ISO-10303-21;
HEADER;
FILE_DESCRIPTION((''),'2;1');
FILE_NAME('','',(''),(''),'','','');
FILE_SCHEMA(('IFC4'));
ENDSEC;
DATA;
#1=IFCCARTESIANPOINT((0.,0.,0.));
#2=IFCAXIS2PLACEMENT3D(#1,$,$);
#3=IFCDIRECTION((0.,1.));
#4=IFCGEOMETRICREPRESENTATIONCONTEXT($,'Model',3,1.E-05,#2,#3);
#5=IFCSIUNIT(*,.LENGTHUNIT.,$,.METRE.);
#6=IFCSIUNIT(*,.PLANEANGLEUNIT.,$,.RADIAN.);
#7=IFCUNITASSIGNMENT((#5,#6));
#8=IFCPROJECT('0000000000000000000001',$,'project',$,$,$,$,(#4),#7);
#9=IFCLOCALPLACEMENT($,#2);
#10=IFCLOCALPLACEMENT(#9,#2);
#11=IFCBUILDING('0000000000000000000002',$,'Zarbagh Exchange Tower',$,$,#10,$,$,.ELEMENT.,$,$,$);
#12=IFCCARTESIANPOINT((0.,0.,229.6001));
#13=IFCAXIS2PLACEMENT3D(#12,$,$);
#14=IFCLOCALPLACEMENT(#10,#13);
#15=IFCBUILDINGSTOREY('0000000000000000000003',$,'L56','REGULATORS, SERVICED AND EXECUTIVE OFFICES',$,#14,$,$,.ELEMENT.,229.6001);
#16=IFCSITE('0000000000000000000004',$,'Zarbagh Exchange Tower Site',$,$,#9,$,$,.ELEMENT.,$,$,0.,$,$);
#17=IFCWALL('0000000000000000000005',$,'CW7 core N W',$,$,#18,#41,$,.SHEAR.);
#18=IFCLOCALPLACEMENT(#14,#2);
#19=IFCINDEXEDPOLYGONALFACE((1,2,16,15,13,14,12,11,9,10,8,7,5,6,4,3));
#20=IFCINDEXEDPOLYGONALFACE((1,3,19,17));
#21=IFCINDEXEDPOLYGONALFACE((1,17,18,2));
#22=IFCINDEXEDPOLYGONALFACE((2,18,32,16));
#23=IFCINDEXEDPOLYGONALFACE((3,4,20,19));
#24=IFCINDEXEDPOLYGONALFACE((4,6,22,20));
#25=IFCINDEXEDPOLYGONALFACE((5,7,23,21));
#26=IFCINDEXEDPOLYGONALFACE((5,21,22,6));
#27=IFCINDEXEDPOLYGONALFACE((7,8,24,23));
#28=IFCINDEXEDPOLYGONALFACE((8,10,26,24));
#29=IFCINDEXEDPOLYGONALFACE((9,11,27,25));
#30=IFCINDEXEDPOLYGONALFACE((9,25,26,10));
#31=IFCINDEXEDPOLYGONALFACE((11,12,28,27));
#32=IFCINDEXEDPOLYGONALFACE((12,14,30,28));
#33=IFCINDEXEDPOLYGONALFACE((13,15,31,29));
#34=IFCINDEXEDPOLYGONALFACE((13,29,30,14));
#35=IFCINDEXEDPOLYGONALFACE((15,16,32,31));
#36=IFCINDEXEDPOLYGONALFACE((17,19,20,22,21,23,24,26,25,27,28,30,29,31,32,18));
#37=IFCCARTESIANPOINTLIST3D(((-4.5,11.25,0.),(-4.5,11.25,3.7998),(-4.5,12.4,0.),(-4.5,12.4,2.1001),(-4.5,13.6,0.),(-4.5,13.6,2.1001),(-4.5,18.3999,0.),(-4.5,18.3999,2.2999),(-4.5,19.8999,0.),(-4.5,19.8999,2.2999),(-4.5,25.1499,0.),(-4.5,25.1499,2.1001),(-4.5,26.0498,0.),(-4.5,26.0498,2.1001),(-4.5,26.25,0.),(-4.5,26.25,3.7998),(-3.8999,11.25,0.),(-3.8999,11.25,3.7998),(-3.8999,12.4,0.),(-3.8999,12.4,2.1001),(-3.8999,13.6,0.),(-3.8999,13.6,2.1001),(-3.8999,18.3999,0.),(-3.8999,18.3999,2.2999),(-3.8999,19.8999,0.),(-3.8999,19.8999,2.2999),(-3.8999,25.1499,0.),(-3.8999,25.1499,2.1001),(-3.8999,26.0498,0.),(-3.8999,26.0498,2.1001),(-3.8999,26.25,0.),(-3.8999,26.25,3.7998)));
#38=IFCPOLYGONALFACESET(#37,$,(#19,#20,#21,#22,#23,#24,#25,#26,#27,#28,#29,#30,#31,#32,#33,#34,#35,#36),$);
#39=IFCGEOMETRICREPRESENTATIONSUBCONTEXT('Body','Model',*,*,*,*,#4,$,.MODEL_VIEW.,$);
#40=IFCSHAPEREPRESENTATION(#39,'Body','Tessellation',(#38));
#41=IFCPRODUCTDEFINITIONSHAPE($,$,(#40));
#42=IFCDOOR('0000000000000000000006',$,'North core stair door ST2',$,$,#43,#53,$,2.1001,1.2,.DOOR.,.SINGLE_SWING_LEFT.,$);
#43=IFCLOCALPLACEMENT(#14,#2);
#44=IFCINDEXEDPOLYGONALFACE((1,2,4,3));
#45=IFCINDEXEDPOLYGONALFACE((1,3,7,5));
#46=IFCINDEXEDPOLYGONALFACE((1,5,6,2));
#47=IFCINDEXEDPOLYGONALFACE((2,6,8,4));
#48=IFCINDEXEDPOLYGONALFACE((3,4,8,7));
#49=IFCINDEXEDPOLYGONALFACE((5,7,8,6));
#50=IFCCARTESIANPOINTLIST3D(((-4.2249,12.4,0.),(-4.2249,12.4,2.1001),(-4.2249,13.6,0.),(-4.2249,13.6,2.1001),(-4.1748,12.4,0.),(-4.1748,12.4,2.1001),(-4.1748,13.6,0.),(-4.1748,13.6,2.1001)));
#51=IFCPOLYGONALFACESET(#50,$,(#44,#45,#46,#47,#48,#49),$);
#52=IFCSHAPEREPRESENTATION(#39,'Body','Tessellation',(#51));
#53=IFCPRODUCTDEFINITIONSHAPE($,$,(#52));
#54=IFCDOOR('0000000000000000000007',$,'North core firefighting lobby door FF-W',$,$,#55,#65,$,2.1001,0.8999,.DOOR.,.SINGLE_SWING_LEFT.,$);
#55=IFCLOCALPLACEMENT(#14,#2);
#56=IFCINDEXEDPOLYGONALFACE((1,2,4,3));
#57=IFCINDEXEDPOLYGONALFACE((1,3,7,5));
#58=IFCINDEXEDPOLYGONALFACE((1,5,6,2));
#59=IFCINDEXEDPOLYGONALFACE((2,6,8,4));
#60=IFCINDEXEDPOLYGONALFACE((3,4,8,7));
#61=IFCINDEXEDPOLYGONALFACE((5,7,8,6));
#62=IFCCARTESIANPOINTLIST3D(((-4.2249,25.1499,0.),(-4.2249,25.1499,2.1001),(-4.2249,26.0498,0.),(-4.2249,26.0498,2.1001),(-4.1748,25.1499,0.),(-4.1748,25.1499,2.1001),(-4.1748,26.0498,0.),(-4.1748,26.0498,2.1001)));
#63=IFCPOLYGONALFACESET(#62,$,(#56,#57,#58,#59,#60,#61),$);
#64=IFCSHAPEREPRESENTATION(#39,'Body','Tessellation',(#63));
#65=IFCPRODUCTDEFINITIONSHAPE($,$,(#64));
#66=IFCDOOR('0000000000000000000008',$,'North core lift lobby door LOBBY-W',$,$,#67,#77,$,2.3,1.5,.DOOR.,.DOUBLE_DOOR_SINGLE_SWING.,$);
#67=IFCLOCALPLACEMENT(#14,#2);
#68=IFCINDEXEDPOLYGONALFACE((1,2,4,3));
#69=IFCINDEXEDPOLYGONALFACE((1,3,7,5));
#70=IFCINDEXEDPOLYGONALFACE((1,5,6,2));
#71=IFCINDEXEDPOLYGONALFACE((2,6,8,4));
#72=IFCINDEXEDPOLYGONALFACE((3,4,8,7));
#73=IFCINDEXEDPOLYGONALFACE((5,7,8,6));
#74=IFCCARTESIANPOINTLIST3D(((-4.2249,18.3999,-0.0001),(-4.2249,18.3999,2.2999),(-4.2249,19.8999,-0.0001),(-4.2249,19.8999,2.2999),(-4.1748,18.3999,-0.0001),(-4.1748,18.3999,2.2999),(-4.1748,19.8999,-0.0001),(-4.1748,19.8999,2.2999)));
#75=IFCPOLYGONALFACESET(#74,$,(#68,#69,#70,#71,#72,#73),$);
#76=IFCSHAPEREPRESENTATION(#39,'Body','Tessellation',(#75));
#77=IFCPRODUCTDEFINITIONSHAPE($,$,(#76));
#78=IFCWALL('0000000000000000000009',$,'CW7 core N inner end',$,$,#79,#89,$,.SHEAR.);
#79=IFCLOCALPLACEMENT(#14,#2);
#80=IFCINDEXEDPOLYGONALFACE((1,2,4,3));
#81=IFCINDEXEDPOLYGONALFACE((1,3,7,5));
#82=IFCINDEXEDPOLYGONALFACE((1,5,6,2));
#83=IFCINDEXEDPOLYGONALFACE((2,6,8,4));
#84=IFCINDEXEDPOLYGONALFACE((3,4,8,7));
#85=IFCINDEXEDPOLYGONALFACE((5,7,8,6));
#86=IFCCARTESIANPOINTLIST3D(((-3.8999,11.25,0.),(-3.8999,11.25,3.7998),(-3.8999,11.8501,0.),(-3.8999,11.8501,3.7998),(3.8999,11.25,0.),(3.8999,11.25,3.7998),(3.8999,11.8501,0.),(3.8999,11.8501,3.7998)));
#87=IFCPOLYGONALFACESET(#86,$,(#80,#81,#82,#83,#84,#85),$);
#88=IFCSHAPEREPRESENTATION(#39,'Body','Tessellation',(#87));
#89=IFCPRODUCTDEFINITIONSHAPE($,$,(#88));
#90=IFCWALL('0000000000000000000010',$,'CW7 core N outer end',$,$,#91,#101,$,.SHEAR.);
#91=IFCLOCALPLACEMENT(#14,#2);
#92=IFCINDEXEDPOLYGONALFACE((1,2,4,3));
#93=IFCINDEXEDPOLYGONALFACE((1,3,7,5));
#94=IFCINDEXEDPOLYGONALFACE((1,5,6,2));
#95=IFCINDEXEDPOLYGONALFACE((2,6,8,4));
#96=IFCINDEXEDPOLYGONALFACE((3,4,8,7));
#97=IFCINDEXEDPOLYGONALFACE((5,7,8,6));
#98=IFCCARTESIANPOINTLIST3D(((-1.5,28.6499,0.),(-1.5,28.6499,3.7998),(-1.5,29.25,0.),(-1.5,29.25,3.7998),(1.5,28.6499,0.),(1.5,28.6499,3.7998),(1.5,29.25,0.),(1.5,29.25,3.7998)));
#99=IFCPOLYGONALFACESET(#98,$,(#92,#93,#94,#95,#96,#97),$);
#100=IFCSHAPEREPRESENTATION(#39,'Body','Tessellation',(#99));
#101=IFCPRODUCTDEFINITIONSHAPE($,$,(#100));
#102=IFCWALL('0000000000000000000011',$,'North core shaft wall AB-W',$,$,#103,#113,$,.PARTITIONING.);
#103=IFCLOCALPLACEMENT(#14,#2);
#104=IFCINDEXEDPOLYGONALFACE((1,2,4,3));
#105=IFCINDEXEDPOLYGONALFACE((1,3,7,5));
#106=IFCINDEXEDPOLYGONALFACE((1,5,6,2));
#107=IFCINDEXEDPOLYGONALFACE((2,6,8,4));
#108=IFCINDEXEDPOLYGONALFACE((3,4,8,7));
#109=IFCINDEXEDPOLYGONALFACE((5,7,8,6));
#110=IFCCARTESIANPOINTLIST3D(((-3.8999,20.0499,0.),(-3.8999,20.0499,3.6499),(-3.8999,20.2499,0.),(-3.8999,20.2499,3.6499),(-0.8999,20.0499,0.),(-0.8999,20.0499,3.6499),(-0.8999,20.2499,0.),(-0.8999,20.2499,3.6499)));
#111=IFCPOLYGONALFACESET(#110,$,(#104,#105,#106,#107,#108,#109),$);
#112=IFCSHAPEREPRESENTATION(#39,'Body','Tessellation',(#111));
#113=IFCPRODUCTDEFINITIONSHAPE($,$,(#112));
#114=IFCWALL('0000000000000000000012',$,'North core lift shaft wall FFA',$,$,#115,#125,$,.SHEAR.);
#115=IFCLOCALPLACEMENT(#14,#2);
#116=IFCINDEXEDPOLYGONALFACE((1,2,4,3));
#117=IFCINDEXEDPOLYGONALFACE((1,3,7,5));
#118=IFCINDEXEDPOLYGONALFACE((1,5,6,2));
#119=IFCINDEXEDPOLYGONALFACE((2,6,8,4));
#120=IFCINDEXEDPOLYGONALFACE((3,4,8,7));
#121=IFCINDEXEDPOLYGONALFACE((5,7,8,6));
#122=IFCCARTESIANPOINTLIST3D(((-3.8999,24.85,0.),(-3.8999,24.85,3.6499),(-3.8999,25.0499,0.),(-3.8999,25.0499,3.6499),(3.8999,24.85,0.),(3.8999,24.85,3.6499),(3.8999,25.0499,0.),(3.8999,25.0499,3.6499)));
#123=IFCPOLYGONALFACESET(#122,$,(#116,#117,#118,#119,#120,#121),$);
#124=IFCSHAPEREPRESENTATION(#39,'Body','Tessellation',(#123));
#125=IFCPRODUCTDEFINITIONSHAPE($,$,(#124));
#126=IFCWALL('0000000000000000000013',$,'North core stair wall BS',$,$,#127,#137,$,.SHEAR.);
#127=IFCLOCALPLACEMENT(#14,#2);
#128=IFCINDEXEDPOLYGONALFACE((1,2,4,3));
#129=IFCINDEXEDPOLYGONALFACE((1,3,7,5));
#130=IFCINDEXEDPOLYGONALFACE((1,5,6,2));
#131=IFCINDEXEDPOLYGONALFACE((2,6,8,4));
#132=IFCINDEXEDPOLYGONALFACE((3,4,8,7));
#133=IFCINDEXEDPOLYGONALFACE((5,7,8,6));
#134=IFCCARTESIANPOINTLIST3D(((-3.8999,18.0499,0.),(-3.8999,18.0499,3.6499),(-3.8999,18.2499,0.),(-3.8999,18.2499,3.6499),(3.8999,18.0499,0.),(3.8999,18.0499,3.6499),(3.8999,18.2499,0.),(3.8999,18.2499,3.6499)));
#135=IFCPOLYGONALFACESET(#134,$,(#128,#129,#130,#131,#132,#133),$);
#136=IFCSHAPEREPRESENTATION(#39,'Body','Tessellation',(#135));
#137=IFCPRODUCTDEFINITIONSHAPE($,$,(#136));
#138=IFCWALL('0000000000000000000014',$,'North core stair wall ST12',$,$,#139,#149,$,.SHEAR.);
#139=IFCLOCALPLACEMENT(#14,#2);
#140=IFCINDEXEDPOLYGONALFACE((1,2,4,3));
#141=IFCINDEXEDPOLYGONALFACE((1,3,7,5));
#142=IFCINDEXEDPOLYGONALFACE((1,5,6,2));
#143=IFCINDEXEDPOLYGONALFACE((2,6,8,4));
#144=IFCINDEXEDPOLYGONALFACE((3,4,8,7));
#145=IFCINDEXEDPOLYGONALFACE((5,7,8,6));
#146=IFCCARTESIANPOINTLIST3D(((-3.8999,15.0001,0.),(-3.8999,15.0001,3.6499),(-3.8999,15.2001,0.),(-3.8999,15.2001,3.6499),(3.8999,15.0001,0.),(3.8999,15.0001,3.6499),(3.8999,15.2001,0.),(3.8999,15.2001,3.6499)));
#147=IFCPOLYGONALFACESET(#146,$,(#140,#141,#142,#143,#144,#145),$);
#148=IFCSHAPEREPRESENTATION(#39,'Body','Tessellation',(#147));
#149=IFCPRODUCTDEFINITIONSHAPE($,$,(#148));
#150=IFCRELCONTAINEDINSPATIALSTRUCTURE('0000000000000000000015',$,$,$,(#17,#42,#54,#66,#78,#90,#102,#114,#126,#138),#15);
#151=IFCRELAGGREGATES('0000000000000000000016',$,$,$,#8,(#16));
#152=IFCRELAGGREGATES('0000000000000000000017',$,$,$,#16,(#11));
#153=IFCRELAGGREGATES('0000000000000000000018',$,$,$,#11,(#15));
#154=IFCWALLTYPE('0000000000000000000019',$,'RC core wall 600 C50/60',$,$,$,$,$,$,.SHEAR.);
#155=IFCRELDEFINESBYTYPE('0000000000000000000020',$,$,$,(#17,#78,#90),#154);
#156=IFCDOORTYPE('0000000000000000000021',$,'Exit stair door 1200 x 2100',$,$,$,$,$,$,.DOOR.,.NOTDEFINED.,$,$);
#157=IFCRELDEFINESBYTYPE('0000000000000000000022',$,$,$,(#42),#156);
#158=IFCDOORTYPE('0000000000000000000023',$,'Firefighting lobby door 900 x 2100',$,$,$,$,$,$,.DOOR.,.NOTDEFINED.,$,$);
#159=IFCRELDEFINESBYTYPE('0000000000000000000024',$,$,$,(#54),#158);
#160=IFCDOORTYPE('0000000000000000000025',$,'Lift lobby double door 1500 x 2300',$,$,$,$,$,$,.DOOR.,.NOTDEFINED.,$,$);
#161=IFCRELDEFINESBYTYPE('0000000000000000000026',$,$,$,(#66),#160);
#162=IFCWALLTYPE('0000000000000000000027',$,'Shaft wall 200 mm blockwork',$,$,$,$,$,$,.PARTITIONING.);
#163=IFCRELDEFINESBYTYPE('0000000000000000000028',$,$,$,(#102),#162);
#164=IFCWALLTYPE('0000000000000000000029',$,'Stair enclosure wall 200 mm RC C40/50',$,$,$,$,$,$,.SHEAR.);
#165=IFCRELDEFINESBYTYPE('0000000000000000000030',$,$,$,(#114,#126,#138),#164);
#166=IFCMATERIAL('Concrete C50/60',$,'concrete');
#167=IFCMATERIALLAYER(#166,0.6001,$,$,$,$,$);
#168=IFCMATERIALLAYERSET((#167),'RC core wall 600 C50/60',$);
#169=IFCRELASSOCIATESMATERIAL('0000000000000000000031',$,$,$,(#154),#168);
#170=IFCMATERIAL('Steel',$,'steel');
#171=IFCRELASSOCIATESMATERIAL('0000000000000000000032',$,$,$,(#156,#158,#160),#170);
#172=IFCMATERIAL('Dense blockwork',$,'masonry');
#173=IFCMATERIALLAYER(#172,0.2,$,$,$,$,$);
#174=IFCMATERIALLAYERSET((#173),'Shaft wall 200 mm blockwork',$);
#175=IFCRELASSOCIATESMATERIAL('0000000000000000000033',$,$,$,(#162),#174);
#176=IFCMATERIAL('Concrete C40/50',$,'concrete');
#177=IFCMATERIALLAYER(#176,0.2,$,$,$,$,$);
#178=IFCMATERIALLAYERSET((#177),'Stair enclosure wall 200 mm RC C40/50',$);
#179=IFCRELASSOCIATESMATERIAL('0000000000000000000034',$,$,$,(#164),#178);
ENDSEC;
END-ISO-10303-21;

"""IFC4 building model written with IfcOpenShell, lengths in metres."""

from ifc_helpers import new_model, si_unit, direction, frame, frame_2d, origin, place, context, subcontext, project, spatial, rectangle, extrude, material, layer, layer_set, type_object, element, fill, save


model = new_model("IFC4")

# Units and contexts
model_context = context("Model", 3, precision=1e-05, world=origin(), true_north=direction((0.0, 1.0)))
body_context = subcontext(model_context, "Body", "Model", "MODEL_VIEW")
ifc_project = project(units=[si_unit("LENGTHUNIT", "METRE"), si_unit("PLANEANGLEUNIT", "RADIAN")], contexts=[model_context])

# Site, building, storey
site_placement = place(None, origin())
site = spatial("IfcSite", under=ifc_project, at=site_placement, Name="Zarbagh Exchange Tower Site", CompositionType="ELEMENT", RefElevation=0.0)
building_placement = place(site_placement, origin())
building = spatial("IfcBuilding", under=site, at=building_placement, Name="Zarbagh Exchange Tower", CompositionType="ELEMENT")
storey_placement = place(building_placement, frame((0.0, 0.0, 229.6001)))
storey = spatial("IfcBuildingStorey", under=building, at=storey_placement, Name="L56", Description="REGULATORS, SERVICED AND EXECUTIVE OFFICES", CompositionType="ELEMENT", Elevation=229.6001)

# Shared definitions
ifc_material_1 = material(Name="Concrete C50/60", Category="concrete")

# Shared definitions
ifc_material_2 = material(Name="Dense blockwork", Category="masonry")

# Wall, openings, doors
ifc_layer_1 = layer(ifc_material_1, 0.6001)
ifc_layer_set_1 = layer_set([ifc_layer_1], Name="RC core wall 600 C50/60")
wall_type_1 = type_object("IfcWallType", Name="RC core wall 600 C50/60", PredefinedType="SHEAR", material=ifc_layer_set_1)
wall_1_placement = place(storey_placement, frame((-4.2, 11.25, 0.0), z_axis=(0.0, 0.0, 1.0), x_axis=(0.0, 1.0, 0.0)))
wall_1 = element("IfcWall", 1, at=wall_1_placement, inside=storey, type_object=wall_type_1, Name="CW7 core N W", PredefinedType="SHEAR", context=body_context, shape_type="SweptSolid", body=[
    extrude(rectangle(XDim=15.0, YDim=0.6001, at=frame_2d((7.5, 0.0))), origin(), (0.0, 0.0, 1.0), 3.7998),
])
opening_1_placement = place(wall_1_placement, frame((7.1499, 0.0, 0.0)))
opening_1 = element("IfcOpeningElement", 2, at=opening_1_placement, cuts=wall_1, PredefinedType="OPENING", context=body_context, shape_type="SweptSolid", body=[
    extrude(rectangle(XDim=1.5, YDim=2.3, at=frame_2d((0.75, 1.1499))), frame((0.0, 0.3101, 0.0), z_axis=(0.0, -1.0, 0.0), x_axis=(1.0, 0.0, 0.0)), (0.0, 0.0, 1.0), 0.6201),
])
opening_2_placement = place(wall_1_placement, frame((13.8999, 0.0, 0.0)))
opening_2 = element("IfcOpeningElement", 3, at=opening_2_placement, cuts=wall_1, PredefinedType="OPENING", context=body_context, shape_type="SweptSolid", body=[
    extrude(rectangle(XDim=0.8999, YDim=2.1001, at=frame_2d((0.45, 1.05))), frame((0.0, 0.3101, 0.0), z_axis=(0.0, -1.0, 0.0), x_axis=(1.0, 0.0, 0.0)), (0.0, 0.0, 1.0), 0.6201),
])
opening_3_placement = place(wall_1_placement, frame((1.1499, 0.0, 0.0)))
opening_3 = element("IfcOpeningElement", 4, at=opening_3_placement, cuts=wall_1, PredefinedType="OPENING", context=body_context, shape_type="SweptSolid", body=[
    extrude(rectangle(XDim=1.2, YDim=2.1001, at=frame_2d((0.6001, 1.05))), frame((0.0, 0.3101, 0.0), z_axis=(0.0, -1.0, 0.0), x_axis=(1.0, 0.0, 0.0)), (0.0, 0.0, 1.0), 0.6201),
])
ifc_material_3 = material(Name="Steel", Category="steel")
door_type_1 = type_object("IfcDoorType", Name="Exit stair door 1200 x 2100", OperationType="NOTDEFINED", PredefinedType="DOOR", material=ifc_material_3)
door_1_placement = place(opening_3_placement, origin())
door_1 = element("IfcDoor", 5, at=door_1_placement, inside=storey, type_object=door_type_1, Name="North core stair door ST2", OperationType="SINGLE_SWING_LEFT", OverallHeight=2.1001, OverallWidth=1.2, PredefinedType="DOOR", context=body_context, shape_type="SweptSolid", body=[
    extrude(rectangle(XDim=1.2, YDim=2.1001, at=frame_2d((0.6001, 1.05))), frame((0.0, 0.0249, 0.0), z_axis=(0.0, -1.0, 0.0), x_axis=(1.0, 0.0, 0.0)), (0.0, 0.0, 1.0), 0.05),
])
fill(opening_3, door_1)
door_type_2 = type_object("IfcDoorType", Name="Firefighting lobby door 900 x 2100", OperationType="NOTDEFINED", PredefinedType="DOOR", material=ifc_material_3)
door_2_placement = place(opening_2_placement, origin())
door_2 = element("IfcDoor", 6, at=door_2_placement, inside=storey, type_object=door_type_2, Name="North core firefighting lobby door FF-W", OperationType="SINGLE_SWING_LEFT", OverallHeight=2.1001, OverallWidth=0.8999, PredefinedType="DOOR", context=body_context, shape_type="SweptSolid", body=[
    extrude(rectangle(XDim=0.8999, YDim=2.1001, at=frame_2d((0.45, 1.05))), frame((0.0, 0.0249, 0.0), z_axis=(0.0, -1.0, 0.0), x_axis=(1.0, 0.0, 0.0)), (0.0, 0.0, 1.0), 0.05),
])
fill(opening_2, door_2)
door_type_3 = type_object("IfcDoorType", Name="Lift lobby double door 1500 x 2300", OperationType="NOTDEFINED", PredefinedType="DOOR", material=ifc_material_3)
door_3_placement = place(opening_1_placement, origin())
door_3 = element("IfcDoor", 7, at=door_3_placement, inside=storey, type_object=door_type_3, Name="North core lift lobby door LOBBY-W", OperationType="DOUBLE_DOOR_SINGLE_SWING", OverallHeight=2.3, OverallWidth=1.5, PredefinedType="DOOR", context=body_context, shape_type="SweptSolid", body=[
    extrude(rectangle(XDim=1.5, YDim=2.3, at=frame_2d((0.75, 1.1499))), frame((0.0, 0.0249, 0.0), z_axis=(0.0, -1.0, 0.0), x_axis=(1.0, 0.0, 0.0)), (0.0, 0.0, 1.0), 0.05),
])
fill(opening_1, door_3)

# Walls
wall_2_placement = place(storey_placement, frame((-3.8999, 11.55, 0.0), z_axis=(0.0, 0.0, 1.0), x_axis=(1.0, 0.0, 0.0)))
element("IfcWall", 8, at=wall_2_placement, inside=storey, type_object=wall_type_1, Name="CW7 core N inner end", PredefinedType="SHEAR", context=body_context, shape_type="SweptSolid", body=[
    extrude(rectangle(XDim=7.7998, YDim=0.6001, at=frame_2d((3.8999, 0.0))), origin(), (0.0, 0.0, 1.0), 3.7998),
])
wall_3_placement = place(storey_placement, frame((-1.5, 28.95, 0.0), z_axis=(0.0, 0.0, 1.0), x_axis=(1.0, 0.0, 0.0)))
element("IfcWall", 9, at=wall_3_placement, inside=storey, type_object=wall_type_1, Name="CW7 core N outer end", PredefinedType="SHEAR", context=body_context, shape_type="SweptSolid", body=[
    extrude(rectangle(XDim=3.0, YDim=0.6001, at=frame_2d((1.5, 0.0))), origin(), (0.0, 0.0, 1.0), 3.7998),
])
ifc_layer_2 = layer(ifc_material_2, 0.2)
ifc_layer_set_2 = layer_set([ifc_layer_2], Name="Shaft wall 200 mm blockwork")
wall_type_2 = type_object("IfcWallType", Name="Shaft wall 200 mm blockwork", PredefinedType="PARTITIONING", material=ifc_layer_set_2)
wall_4_placement = place(storey_placement, frame((-3.8999, 20.1499, 0.0), z_axis=(0.0, 0.0, 1.0), x_axis=(1.0, 0.0, 0.0)))
element("IfcWall", 10, at=wall_4_placement, inside=storey, type_object=wall_type_2, Name="North core shaft wall AB-W", PredefinedType="PARTITIONING", context=body_context, shape_type="SweptSolid", body=[
    extrude(rectangle(XDim=3.0, YDim=0.2, at=frame_2d((1.5, 0.0))), origin(), (0.0, 0.0, 1.0), 3.6499),
])
ifc_material_4 = material(Name="Concrete C40/50", Category="concrete")
ifc_layer_3 = layer(ifc_material_4, 0.2)
ifc_layer_set_3 = layer_set([ifc_layer_3], Name="Stair enclosure wall 200 mm RC C40/50")
wall_type_3 = type_object("IfcWallType", Name="Stair enclosure wall 200 mm RC C40/50", PredefinedType="SHEAR", material=ifc_layer_set_3)
for number, where, z_axis, x_axis, name in (
    (11, (-3.8999, 24.95, 0.0), (0.0, 0.0, 1.0), (1.0, 0.0, 0.0), "North core lift shaft wall FFA"),
    (12, (-3.8999, 18.1499, 0.0), (0.0, 0.0, 1.0), (1.0, 0.0, 0.0), "North core stair wall BS"),
    (13, (-3.8999, 15.1001, 0.0), (0.0, 0.0, 1.0), (1.0, 0.0, 0.0), "North core stair wall ST12"),
):
    element("IfcWall", number, at=place(storey_placement, frame(where, z_axis=z_axis, x_axis=x_axis)), inside=storey, type_object=wall_type_3, Name=name, PredefinedType="SHEAR", context=body_context, shape_type="SweptSolid", body=[
        extrude(rectangle(XDim=7.7998, YDim=0.2, at=frame_2d((3.8999, 0.0))), origin(), (0.0, 0.0, 1.0), 3.6499),
    ])

save(model, "model.ifc")
